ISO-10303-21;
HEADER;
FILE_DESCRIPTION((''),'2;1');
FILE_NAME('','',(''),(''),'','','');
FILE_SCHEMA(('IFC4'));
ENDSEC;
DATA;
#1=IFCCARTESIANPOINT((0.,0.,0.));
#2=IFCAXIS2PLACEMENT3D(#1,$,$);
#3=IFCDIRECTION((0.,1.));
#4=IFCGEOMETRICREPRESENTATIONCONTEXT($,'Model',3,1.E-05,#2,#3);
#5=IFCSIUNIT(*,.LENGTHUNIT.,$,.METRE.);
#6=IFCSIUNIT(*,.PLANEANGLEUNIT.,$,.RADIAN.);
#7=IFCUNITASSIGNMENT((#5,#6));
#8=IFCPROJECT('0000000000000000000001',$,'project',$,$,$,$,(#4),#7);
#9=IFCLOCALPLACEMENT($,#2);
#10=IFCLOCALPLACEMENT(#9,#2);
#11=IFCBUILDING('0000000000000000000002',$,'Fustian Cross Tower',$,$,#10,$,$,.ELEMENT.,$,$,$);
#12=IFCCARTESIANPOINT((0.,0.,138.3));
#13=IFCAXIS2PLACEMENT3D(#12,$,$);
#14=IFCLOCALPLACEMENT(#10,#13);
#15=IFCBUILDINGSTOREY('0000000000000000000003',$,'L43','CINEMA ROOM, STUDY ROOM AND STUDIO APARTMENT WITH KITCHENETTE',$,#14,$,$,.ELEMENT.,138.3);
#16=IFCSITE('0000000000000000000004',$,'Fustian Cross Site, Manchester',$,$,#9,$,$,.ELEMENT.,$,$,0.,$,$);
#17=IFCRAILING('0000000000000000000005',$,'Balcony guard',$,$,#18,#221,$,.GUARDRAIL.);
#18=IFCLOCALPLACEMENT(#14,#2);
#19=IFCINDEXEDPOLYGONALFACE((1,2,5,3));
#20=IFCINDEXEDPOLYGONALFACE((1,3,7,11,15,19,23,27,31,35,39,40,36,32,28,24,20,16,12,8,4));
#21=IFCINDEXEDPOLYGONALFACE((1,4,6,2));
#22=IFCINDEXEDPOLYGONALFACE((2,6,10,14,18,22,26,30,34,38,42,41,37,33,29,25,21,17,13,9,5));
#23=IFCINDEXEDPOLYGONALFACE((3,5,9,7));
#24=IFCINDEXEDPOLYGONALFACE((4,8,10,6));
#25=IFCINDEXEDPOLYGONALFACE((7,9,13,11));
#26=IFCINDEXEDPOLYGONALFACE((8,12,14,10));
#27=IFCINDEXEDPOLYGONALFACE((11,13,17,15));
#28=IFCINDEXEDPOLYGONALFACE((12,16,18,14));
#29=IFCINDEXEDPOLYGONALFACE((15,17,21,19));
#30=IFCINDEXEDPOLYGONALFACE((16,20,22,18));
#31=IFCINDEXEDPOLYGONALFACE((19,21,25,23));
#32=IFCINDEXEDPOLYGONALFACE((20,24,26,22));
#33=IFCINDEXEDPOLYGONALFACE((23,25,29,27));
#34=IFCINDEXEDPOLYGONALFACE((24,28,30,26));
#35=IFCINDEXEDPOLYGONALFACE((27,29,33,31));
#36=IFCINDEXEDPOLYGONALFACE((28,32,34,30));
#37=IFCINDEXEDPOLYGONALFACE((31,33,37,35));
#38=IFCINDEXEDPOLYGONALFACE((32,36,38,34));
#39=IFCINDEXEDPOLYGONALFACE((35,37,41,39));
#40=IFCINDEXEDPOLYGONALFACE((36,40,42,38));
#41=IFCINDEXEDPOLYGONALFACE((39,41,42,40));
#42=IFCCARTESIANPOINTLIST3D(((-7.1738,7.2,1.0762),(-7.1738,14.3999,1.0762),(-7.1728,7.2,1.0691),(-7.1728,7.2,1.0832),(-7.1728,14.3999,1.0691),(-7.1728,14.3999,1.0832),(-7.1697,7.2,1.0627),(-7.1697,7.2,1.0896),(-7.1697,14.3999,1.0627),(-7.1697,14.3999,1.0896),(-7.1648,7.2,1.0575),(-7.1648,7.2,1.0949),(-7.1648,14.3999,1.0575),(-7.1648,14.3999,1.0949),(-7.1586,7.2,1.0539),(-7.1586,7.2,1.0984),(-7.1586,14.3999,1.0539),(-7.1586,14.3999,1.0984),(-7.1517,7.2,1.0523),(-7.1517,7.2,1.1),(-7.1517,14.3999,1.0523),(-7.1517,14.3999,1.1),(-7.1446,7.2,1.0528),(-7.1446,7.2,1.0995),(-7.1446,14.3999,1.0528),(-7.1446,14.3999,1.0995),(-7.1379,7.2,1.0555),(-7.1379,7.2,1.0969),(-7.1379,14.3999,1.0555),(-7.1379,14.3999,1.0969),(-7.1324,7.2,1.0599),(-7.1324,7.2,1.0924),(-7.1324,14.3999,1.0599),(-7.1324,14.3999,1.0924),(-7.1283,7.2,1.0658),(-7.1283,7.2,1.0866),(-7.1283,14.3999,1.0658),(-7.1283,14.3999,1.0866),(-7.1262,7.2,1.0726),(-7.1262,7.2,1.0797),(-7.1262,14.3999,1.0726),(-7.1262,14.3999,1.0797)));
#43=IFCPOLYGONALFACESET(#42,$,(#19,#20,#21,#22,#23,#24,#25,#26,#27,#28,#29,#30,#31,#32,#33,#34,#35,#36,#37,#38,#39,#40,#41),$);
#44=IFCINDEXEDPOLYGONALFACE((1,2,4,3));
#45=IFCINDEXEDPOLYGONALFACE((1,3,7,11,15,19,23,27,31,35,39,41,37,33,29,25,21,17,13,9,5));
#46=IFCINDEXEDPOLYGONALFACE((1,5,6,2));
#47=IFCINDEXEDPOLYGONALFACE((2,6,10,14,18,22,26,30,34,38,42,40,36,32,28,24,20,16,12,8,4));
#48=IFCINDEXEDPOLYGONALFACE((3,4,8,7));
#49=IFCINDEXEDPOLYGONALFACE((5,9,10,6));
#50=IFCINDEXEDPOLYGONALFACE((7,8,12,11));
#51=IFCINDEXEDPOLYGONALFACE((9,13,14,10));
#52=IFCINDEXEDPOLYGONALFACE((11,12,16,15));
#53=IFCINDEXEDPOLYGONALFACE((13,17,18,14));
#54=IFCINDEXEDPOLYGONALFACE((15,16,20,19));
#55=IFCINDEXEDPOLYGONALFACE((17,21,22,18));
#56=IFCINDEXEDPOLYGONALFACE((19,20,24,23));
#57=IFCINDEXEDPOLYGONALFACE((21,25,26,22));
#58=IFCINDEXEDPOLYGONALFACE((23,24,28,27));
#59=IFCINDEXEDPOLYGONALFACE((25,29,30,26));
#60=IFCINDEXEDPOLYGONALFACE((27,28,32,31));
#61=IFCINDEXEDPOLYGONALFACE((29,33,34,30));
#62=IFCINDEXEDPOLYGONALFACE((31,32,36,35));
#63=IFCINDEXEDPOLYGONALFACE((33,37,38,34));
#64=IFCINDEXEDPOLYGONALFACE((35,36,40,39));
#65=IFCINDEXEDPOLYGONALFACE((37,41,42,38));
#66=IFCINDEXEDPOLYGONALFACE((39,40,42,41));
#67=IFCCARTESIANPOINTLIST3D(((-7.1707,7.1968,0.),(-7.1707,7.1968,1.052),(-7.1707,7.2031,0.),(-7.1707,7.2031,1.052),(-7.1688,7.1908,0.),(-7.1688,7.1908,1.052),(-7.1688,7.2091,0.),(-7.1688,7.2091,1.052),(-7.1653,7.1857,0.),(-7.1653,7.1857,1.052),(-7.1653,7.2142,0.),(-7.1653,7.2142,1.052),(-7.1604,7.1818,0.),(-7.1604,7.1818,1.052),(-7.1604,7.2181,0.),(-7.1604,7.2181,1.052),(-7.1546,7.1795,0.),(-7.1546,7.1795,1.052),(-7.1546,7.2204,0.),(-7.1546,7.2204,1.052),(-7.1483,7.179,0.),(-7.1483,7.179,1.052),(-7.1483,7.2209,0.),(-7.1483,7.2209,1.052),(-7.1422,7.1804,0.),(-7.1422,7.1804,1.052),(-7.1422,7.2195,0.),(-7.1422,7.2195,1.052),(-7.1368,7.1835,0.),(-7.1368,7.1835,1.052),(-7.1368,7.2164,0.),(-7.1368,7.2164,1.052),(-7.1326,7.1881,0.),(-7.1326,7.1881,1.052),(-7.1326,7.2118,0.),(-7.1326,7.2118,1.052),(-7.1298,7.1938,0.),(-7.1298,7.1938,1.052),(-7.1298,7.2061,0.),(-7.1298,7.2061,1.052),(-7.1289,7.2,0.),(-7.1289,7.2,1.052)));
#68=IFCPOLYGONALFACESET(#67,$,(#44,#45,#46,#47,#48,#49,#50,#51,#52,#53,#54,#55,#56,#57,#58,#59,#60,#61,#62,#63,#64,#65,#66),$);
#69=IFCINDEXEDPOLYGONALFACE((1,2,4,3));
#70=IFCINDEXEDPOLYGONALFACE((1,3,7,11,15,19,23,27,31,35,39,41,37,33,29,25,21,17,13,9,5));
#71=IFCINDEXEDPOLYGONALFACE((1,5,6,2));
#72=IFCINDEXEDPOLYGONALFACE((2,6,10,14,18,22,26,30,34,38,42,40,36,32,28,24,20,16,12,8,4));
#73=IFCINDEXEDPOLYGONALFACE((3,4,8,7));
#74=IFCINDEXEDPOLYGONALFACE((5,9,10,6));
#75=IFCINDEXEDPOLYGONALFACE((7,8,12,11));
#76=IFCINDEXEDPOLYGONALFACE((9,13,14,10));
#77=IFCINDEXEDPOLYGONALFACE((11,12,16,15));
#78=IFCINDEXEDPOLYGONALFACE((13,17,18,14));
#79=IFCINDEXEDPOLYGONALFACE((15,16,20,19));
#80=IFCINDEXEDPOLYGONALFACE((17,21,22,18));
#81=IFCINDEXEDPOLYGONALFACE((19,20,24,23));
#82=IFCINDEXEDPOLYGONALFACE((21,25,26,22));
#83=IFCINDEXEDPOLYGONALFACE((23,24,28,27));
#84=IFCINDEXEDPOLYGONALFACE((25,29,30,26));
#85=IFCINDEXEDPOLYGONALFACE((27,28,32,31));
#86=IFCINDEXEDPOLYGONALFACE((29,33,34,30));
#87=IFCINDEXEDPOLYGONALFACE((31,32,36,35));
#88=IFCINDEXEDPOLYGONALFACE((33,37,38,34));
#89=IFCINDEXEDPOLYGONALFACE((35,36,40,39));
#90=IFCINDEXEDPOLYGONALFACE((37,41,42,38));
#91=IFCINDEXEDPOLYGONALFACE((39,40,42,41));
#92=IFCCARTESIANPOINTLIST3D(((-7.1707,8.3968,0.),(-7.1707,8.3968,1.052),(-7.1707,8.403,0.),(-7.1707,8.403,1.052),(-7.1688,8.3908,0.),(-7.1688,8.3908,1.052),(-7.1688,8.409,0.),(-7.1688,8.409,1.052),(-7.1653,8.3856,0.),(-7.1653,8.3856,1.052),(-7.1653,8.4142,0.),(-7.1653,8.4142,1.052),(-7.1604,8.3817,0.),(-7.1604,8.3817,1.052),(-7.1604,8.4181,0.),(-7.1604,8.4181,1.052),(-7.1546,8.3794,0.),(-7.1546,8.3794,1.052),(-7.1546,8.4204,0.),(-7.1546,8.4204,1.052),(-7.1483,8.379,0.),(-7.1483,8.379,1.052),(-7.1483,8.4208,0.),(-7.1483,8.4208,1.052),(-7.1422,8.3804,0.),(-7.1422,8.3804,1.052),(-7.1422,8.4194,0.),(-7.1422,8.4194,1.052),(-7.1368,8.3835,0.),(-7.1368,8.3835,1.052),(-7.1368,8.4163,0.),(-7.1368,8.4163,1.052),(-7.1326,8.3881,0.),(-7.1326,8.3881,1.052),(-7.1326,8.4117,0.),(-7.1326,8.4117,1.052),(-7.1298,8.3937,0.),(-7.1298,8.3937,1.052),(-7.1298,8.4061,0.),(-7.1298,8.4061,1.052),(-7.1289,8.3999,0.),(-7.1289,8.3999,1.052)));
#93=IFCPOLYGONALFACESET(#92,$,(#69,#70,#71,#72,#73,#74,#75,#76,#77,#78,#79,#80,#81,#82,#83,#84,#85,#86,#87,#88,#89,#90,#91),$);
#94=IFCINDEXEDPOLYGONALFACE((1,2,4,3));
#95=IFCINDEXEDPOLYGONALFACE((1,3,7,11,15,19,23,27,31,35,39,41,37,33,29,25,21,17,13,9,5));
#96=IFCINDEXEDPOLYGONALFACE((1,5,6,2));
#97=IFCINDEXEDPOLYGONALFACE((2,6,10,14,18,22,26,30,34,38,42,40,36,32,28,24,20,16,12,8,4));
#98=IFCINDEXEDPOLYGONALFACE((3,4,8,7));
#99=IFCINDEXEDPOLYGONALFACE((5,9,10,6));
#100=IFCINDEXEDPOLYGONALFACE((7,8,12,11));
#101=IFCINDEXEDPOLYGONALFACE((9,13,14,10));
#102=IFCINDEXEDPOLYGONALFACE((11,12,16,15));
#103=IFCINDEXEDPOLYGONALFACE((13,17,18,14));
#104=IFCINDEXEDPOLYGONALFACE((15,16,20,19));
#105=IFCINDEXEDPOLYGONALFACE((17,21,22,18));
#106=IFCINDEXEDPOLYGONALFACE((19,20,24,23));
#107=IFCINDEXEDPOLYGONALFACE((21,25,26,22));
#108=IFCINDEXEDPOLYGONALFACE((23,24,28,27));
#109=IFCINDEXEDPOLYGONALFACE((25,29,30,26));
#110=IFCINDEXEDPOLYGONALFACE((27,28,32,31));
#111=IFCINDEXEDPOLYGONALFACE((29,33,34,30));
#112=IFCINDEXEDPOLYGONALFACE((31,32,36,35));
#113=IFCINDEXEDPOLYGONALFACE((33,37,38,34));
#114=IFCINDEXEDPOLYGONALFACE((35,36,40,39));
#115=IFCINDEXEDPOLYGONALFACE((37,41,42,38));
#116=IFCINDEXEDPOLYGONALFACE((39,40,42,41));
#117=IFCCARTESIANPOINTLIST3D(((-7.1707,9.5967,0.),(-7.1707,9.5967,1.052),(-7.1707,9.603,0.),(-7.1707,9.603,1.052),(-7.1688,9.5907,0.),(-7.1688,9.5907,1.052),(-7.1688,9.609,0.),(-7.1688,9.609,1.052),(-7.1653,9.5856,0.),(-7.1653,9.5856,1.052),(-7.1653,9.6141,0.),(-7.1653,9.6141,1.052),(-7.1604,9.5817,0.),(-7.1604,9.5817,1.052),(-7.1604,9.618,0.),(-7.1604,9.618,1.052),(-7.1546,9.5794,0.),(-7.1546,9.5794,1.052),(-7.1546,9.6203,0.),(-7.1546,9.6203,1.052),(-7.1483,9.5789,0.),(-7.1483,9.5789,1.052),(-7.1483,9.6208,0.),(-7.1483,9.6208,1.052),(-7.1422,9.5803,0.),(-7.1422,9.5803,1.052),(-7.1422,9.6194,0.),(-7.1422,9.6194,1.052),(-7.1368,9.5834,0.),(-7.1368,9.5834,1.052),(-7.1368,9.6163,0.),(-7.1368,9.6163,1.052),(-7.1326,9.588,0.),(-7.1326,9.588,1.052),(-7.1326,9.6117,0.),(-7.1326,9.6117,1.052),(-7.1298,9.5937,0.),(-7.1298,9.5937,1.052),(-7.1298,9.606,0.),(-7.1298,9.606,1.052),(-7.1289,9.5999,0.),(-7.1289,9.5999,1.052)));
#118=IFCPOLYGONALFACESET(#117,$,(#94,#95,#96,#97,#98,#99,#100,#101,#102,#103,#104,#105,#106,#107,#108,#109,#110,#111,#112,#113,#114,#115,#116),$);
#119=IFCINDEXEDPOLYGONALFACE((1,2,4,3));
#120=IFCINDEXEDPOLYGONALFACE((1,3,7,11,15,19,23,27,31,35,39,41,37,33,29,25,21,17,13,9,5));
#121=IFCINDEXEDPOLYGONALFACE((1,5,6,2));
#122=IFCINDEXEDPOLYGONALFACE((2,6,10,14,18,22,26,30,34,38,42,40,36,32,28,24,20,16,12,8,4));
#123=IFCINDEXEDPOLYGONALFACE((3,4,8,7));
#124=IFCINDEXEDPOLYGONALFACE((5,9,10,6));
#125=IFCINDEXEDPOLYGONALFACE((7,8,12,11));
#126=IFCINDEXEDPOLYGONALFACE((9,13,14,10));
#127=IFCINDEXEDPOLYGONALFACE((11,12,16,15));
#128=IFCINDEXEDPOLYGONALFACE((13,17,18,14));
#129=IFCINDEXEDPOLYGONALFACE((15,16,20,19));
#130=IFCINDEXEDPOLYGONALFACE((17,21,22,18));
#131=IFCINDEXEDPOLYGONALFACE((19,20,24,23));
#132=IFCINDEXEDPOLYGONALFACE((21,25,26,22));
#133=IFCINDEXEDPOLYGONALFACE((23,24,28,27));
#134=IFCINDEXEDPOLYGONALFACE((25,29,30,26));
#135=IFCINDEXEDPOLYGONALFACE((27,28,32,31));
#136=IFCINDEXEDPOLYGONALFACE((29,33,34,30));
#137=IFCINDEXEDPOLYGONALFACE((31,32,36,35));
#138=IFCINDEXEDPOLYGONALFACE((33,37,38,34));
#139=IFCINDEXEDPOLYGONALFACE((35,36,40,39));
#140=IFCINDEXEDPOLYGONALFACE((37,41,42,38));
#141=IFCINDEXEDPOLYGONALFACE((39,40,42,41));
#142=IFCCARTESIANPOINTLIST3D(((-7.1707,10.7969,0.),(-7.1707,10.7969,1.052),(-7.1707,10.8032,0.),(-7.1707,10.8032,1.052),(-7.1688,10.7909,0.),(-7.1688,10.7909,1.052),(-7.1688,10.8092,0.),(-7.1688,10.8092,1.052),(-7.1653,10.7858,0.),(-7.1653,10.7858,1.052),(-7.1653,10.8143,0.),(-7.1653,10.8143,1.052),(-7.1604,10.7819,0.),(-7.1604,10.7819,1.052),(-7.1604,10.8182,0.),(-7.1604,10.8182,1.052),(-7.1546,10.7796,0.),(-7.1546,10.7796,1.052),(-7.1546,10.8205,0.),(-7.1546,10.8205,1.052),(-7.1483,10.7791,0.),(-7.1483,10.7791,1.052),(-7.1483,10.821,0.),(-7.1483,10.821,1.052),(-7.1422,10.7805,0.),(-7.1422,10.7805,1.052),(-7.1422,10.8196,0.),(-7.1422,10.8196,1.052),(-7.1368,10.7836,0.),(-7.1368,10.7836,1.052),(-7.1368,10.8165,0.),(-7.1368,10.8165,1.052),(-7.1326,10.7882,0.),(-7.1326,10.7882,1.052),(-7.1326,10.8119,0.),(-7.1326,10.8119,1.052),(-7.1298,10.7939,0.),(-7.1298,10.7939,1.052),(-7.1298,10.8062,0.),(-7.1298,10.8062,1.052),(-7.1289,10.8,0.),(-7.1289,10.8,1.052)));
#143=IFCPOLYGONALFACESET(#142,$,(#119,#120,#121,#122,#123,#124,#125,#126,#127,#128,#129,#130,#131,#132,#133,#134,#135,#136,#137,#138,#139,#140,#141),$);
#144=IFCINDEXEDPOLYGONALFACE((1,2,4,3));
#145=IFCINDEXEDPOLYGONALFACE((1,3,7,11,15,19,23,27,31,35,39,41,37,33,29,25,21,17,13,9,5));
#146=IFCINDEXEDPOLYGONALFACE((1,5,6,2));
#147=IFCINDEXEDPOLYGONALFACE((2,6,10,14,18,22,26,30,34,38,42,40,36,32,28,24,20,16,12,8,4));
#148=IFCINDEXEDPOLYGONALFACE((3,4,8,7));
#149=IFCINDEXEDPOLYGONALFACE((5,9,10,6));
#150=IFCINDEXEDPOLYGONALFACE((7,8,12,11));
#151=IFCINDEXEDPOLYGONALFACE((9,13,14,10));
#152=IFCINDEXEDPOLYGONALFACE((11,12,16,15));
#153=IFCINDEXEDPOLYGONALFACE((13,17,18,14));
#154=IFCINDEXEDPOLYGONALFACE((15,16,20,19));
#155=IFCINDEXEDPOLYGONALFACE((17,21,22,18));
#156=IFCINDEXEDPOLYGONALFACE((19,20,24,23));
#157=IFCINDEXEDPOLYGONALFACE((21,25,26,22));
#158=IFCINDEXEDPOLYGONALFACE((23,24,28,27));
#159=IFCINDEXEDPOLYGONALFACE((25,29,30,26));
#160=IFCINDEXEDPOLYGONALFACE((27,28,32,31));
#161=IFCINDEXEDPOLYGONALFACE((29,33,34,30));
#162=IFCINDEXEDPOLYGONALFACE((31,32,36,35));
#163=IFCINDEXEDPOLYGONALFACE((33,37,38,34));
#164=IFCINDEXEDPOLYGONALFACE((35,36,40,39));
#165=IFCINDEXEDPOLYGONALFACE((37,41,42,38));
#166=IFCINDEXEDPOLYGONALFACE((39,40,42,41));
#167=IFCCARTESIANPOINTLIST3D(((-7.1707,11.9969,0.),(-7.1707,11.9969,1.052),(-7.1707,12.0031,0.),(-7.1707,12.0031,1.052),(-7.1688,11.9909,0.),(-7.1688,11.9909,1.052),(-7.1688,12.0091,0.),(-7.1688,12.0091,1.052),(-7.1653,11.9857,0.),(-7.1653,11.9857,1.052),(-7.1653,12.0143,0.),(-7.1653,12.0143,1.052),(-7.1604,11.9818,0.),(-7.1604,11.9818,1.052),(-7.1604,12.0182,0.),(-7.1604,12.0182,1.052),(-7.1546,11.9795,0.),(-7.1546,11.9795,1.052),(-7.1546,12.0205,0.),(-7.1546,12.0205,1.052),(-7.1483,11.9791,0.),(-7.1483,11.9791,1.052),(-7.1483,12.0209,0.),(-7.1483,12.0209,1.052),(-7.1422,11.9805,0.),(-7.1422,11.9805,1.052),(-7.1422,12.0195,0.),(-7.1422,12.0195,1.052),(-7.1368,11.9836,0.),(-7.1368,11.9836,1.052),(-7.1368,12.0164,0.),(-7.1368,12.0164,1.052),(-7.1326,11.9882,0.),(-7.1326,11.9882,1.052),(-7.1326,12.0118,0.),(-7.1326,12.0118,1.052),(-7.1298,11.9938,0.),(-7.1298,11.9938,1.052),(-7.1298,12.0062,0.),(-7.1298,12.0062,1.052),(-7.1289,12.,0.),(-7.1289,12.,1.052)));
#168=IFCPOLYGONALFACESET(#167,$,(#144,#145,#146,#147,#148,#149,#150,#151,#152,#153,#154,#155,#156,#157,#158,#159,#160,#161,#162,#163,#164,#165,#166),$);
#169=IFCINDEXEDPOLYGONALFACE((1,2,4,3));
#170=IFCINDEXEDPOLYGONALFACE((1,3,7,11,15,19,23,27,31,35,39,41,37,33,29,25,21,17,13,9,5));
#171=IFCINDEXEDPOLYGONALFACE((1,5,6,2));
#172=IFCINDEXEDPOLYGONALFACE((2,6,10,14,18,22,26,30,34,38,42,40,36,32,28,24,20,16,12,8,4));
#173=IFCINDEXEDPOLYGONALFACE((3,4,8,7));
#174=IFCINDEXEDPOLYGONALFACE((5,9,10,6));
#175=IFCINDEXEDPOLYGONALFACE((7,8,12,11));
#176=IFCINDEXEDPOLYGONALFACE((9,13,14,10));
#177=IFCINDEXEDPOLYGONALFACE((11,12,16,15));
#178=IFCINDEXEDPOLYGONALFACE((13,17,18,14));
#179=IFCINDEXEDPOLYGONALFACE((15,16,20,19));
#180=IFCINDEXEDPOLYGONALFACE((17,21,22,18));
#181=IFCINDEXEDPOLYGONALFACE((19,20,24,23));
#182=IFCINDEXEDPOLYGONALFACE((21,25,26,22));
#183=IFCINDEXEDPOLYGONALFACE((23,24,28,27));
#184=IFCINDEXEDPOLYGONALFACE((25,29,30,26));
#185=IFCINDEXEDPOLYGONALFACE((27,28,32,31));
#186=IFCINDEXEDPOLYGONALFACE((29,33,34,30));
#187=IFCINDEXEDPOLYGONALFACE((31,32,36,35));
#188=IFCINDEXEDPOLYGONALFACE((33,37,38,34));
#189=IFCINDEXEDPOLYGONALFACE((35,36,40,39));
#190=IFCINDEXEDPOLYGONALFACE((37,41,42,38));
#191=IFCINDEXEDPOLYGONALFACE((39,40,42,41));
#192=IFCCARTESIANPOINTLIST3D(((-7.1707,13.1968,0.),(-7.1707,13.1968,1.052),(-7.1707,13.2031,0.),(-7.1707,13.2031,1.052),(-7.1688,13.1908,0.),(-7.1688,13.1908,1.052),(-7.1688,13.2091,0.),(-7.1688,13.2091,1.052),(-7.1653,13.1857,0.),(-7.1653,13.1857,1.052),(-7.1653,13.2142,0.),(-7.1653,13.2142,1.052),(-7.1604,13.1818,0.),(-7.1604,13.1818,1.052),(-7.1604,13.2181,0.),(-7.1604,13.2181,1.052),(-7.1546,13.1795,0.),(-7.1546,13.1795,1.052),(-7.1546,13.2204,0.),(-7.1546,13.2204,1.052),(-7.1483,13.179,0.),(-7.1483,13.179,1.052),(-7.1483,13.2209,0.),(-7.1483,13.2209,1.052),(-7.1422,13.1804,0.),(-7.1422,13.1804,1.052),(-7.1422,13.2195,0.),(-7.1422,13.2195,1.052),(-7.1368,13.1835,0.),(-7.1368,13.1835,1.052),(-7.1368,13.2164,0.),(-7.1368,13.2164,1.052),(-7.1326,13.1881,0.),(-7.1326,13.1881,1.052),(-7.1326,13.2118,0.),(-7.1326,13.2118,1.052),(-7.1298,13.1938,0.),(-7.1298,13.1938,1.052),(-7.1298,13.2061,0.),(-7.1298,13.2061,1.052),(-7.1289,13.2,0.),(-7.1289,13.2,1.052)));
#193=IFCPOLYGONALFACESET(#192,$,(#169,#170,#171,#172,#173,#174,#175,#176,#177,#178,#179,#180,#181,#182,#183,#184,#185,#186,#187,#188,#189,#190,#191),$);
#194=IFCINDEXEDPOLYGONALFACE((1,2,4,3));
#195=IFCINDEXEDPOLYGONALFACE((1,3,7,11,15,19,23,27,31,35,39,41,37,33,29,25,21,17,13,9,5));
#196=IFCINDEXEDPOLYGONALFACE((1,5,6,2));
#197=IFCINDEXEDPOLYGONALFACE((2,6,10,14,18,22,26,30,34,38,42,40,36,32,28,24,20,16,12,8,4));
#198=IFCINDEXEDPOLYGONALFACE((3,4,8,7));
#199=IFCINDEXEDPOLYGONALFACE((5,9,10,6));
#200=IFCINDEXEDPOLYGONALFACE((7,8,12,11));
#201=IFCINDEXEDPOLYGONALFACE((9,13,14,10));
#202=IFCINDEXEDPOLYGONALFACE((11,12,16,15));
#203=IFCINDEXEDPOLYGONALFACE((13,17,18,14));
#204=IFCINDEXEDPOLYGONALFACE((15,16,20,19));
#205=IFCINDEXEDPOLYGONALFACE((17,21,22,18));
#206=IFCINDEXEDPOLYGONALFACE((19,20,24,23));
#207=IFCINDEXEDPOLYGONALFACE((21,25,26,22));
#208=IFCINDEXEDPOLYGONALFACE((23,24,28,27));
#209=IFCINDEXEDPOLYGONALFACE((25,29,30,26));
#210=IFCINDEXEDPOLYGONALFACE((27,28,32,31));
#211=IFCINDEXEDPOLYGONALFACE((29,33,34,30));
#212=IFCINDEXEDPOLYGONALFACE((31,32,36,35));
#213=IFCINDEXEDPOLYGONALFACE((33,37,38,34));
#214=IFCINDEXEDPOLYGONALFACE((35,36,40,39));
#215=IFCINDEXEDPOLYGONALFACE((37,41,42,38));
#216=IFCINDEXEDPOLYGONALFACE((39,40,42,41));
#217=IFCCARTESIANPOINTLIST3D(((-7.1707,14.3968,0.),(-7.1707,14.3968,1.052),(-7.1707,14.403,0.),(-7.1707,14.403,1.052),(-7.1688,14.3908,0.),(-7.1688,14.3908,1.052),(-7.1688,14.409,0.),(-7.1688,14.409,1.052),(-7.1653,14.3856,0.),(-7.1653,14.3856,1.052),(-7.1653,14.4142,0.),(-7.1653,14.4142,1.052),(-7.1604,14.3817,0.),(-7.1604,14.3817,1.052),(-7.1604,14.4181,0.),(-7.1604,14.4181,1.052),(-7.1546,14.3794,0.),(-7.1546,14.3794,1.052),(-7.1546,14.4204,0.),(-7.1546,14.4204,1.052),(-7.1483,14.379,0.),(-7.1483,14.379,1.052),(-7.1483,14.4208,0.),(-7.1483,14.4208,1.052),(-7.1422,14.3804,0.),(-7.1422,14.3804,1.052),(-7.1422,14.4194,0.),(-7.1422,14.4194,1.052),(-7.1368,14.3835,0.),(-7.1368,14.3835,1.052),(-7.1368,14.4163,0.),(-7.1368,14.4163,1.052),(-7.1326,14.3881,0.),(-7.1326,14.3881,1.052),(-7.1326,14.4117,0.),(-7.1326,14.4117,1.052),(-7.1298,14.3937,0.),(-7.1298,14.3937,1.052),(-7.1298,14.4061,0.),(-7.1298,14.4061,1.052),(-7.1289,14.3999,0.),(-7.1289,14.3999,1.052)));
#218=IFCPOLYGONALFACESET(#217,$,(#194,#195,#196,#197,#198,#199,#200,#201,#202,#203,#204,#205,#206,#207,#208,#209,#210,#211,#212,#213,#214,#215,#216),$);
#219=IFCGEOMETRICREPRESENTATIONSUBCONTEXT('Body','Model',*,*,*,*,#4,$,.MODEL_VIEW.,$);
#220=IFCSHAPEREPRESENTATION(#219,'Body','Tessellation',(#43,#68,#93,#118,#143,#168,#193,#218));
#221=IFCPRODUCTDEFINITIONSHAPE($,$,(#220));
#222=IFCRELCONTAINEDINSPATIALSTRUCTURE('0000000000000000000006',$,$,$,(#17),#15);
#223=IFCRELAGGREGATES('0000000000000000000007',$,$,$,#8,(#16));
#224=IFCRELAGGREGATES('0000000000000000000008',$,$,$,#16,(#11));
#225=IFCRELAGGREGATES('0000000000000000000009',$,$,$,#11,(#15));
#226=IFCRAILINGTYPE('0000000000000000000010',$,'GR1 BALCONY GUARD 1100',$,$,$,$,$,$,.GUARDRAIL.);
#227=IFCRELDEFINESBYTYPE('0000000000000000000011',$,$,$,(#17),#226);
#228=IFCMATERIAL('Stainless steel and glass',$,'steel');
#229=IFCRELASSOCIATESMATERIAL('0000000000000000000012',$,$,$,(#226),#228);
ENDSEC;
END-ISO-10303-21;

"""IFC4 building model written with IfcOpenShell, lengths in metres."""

from ifc_helpers import new_model, si_unit, direction, frame, origin, origin_2d, place, context, subcontext, project, spatial, circle, extrude, material, type_object, element, save


model = new_model("IFC4")

# Units and contexts
model_context = context("Model", 3, precision=1e-05, world=origin(), true_north=direction((0.0, 1.0)))
body_context = subcontext(model_context, "Body", "Model", "MODEL_VIEW")
ifc_project = project(units=[si_unit("LENGTHUNIT", "METRE"), si_unit("PLANEANGLEUNIT", "RADIAN")], contexts=[model_context])

# Site, building, storey
site_placement = place(None, origin())
site = spatial("IfcSite", under=ifc_project, at=site_placement, Name="Fustian Cross Site, Manchester", CompositionType="ELEMENT", RefElevation=0.0)
building_placement = place(site_placement, origin())
building = spatial("IfcBuilding", under=site, at=building_placement, Name="Fustian Cross Tower", CompositionType="ELEMENT")
storey_placement = place(building_placement, frame((0.0, 0.0, 138.3)))
storey = spatial("IfcBuildingStorey", under=building, at=storey_placement, Name="L43", Description="CINEMA ROOM, STUDY ROOM AND STUDIO APARTMENT WITH KITCHENETTE", CompositionType="ELEMENT", Elevation=138.3)

# Railing
ifc_material_1 = material(Name="Stainless steel and glass", Category="steel")
railing_type = type_object("IfcRailingType", Name="GR1 BALCONY GUARD 1100", PredefinedType="GUARDRAIL", material=ifc_material_1)
railing_placement = place(storey_placement, frame((-7.1499, 7.2, 0.0)))
element("IfcRailing", 1, at=railing_placement, inside=storey, type_object=railing_type, Name="Balcony guard", PredefinedType="GUARDRAIL", context=body_context, shape_type="SweptSolid", body=[
    extrude(circle(Radius=0.0239, at=origin_2d()), frame((0.0, 0.0, 1.0762), z_axis=(0.0, 1.0, 0.0), x_axis=(-1.0, 0.0, 0.0)), (0.0, 0.0, 1.0), 7.2),
    extrude(circle(Radius=0.021, at=origin_2d()), origin(), (0.0, 0.0, 1.0), 1.052),
    extrude(circle(Radius=0.021, at=origin_2d()), frame((0.0, 1.2, 0.0)), (0.0, 0.0, 1.0), 1.052),
    extrude(circle(Radius=0.021, at=origin_2d()), frame((0.0, 2.3999, 0.0)), (0.0, 0.0, 1.0), 1.052),
    extrude(circle(Radius=0.021, at=origin_2d()), frame((0.0, 3.6001, 0.0)), (0.0, 0.0, 1.0), 1.052),
    extrude(circle(Radius=0.021, at=origin_2d()), frame((0.0, 4.8, 0.0)), (0.0, 0.0, 1.0), 1.052),
    extrude(circle(Radius=0.021, at=origin_2d()), frame((0.0, 6.0, 0.0)), (0.0, 0.0, 1.0), 1.052),
    extrude(circle(Radius=0.021, at=origin_2d()), frame((0.0, 7.2, 0.0)), (0.0, 0.0, 1.0), 1.052),
])

save(model, "model.ifc")
